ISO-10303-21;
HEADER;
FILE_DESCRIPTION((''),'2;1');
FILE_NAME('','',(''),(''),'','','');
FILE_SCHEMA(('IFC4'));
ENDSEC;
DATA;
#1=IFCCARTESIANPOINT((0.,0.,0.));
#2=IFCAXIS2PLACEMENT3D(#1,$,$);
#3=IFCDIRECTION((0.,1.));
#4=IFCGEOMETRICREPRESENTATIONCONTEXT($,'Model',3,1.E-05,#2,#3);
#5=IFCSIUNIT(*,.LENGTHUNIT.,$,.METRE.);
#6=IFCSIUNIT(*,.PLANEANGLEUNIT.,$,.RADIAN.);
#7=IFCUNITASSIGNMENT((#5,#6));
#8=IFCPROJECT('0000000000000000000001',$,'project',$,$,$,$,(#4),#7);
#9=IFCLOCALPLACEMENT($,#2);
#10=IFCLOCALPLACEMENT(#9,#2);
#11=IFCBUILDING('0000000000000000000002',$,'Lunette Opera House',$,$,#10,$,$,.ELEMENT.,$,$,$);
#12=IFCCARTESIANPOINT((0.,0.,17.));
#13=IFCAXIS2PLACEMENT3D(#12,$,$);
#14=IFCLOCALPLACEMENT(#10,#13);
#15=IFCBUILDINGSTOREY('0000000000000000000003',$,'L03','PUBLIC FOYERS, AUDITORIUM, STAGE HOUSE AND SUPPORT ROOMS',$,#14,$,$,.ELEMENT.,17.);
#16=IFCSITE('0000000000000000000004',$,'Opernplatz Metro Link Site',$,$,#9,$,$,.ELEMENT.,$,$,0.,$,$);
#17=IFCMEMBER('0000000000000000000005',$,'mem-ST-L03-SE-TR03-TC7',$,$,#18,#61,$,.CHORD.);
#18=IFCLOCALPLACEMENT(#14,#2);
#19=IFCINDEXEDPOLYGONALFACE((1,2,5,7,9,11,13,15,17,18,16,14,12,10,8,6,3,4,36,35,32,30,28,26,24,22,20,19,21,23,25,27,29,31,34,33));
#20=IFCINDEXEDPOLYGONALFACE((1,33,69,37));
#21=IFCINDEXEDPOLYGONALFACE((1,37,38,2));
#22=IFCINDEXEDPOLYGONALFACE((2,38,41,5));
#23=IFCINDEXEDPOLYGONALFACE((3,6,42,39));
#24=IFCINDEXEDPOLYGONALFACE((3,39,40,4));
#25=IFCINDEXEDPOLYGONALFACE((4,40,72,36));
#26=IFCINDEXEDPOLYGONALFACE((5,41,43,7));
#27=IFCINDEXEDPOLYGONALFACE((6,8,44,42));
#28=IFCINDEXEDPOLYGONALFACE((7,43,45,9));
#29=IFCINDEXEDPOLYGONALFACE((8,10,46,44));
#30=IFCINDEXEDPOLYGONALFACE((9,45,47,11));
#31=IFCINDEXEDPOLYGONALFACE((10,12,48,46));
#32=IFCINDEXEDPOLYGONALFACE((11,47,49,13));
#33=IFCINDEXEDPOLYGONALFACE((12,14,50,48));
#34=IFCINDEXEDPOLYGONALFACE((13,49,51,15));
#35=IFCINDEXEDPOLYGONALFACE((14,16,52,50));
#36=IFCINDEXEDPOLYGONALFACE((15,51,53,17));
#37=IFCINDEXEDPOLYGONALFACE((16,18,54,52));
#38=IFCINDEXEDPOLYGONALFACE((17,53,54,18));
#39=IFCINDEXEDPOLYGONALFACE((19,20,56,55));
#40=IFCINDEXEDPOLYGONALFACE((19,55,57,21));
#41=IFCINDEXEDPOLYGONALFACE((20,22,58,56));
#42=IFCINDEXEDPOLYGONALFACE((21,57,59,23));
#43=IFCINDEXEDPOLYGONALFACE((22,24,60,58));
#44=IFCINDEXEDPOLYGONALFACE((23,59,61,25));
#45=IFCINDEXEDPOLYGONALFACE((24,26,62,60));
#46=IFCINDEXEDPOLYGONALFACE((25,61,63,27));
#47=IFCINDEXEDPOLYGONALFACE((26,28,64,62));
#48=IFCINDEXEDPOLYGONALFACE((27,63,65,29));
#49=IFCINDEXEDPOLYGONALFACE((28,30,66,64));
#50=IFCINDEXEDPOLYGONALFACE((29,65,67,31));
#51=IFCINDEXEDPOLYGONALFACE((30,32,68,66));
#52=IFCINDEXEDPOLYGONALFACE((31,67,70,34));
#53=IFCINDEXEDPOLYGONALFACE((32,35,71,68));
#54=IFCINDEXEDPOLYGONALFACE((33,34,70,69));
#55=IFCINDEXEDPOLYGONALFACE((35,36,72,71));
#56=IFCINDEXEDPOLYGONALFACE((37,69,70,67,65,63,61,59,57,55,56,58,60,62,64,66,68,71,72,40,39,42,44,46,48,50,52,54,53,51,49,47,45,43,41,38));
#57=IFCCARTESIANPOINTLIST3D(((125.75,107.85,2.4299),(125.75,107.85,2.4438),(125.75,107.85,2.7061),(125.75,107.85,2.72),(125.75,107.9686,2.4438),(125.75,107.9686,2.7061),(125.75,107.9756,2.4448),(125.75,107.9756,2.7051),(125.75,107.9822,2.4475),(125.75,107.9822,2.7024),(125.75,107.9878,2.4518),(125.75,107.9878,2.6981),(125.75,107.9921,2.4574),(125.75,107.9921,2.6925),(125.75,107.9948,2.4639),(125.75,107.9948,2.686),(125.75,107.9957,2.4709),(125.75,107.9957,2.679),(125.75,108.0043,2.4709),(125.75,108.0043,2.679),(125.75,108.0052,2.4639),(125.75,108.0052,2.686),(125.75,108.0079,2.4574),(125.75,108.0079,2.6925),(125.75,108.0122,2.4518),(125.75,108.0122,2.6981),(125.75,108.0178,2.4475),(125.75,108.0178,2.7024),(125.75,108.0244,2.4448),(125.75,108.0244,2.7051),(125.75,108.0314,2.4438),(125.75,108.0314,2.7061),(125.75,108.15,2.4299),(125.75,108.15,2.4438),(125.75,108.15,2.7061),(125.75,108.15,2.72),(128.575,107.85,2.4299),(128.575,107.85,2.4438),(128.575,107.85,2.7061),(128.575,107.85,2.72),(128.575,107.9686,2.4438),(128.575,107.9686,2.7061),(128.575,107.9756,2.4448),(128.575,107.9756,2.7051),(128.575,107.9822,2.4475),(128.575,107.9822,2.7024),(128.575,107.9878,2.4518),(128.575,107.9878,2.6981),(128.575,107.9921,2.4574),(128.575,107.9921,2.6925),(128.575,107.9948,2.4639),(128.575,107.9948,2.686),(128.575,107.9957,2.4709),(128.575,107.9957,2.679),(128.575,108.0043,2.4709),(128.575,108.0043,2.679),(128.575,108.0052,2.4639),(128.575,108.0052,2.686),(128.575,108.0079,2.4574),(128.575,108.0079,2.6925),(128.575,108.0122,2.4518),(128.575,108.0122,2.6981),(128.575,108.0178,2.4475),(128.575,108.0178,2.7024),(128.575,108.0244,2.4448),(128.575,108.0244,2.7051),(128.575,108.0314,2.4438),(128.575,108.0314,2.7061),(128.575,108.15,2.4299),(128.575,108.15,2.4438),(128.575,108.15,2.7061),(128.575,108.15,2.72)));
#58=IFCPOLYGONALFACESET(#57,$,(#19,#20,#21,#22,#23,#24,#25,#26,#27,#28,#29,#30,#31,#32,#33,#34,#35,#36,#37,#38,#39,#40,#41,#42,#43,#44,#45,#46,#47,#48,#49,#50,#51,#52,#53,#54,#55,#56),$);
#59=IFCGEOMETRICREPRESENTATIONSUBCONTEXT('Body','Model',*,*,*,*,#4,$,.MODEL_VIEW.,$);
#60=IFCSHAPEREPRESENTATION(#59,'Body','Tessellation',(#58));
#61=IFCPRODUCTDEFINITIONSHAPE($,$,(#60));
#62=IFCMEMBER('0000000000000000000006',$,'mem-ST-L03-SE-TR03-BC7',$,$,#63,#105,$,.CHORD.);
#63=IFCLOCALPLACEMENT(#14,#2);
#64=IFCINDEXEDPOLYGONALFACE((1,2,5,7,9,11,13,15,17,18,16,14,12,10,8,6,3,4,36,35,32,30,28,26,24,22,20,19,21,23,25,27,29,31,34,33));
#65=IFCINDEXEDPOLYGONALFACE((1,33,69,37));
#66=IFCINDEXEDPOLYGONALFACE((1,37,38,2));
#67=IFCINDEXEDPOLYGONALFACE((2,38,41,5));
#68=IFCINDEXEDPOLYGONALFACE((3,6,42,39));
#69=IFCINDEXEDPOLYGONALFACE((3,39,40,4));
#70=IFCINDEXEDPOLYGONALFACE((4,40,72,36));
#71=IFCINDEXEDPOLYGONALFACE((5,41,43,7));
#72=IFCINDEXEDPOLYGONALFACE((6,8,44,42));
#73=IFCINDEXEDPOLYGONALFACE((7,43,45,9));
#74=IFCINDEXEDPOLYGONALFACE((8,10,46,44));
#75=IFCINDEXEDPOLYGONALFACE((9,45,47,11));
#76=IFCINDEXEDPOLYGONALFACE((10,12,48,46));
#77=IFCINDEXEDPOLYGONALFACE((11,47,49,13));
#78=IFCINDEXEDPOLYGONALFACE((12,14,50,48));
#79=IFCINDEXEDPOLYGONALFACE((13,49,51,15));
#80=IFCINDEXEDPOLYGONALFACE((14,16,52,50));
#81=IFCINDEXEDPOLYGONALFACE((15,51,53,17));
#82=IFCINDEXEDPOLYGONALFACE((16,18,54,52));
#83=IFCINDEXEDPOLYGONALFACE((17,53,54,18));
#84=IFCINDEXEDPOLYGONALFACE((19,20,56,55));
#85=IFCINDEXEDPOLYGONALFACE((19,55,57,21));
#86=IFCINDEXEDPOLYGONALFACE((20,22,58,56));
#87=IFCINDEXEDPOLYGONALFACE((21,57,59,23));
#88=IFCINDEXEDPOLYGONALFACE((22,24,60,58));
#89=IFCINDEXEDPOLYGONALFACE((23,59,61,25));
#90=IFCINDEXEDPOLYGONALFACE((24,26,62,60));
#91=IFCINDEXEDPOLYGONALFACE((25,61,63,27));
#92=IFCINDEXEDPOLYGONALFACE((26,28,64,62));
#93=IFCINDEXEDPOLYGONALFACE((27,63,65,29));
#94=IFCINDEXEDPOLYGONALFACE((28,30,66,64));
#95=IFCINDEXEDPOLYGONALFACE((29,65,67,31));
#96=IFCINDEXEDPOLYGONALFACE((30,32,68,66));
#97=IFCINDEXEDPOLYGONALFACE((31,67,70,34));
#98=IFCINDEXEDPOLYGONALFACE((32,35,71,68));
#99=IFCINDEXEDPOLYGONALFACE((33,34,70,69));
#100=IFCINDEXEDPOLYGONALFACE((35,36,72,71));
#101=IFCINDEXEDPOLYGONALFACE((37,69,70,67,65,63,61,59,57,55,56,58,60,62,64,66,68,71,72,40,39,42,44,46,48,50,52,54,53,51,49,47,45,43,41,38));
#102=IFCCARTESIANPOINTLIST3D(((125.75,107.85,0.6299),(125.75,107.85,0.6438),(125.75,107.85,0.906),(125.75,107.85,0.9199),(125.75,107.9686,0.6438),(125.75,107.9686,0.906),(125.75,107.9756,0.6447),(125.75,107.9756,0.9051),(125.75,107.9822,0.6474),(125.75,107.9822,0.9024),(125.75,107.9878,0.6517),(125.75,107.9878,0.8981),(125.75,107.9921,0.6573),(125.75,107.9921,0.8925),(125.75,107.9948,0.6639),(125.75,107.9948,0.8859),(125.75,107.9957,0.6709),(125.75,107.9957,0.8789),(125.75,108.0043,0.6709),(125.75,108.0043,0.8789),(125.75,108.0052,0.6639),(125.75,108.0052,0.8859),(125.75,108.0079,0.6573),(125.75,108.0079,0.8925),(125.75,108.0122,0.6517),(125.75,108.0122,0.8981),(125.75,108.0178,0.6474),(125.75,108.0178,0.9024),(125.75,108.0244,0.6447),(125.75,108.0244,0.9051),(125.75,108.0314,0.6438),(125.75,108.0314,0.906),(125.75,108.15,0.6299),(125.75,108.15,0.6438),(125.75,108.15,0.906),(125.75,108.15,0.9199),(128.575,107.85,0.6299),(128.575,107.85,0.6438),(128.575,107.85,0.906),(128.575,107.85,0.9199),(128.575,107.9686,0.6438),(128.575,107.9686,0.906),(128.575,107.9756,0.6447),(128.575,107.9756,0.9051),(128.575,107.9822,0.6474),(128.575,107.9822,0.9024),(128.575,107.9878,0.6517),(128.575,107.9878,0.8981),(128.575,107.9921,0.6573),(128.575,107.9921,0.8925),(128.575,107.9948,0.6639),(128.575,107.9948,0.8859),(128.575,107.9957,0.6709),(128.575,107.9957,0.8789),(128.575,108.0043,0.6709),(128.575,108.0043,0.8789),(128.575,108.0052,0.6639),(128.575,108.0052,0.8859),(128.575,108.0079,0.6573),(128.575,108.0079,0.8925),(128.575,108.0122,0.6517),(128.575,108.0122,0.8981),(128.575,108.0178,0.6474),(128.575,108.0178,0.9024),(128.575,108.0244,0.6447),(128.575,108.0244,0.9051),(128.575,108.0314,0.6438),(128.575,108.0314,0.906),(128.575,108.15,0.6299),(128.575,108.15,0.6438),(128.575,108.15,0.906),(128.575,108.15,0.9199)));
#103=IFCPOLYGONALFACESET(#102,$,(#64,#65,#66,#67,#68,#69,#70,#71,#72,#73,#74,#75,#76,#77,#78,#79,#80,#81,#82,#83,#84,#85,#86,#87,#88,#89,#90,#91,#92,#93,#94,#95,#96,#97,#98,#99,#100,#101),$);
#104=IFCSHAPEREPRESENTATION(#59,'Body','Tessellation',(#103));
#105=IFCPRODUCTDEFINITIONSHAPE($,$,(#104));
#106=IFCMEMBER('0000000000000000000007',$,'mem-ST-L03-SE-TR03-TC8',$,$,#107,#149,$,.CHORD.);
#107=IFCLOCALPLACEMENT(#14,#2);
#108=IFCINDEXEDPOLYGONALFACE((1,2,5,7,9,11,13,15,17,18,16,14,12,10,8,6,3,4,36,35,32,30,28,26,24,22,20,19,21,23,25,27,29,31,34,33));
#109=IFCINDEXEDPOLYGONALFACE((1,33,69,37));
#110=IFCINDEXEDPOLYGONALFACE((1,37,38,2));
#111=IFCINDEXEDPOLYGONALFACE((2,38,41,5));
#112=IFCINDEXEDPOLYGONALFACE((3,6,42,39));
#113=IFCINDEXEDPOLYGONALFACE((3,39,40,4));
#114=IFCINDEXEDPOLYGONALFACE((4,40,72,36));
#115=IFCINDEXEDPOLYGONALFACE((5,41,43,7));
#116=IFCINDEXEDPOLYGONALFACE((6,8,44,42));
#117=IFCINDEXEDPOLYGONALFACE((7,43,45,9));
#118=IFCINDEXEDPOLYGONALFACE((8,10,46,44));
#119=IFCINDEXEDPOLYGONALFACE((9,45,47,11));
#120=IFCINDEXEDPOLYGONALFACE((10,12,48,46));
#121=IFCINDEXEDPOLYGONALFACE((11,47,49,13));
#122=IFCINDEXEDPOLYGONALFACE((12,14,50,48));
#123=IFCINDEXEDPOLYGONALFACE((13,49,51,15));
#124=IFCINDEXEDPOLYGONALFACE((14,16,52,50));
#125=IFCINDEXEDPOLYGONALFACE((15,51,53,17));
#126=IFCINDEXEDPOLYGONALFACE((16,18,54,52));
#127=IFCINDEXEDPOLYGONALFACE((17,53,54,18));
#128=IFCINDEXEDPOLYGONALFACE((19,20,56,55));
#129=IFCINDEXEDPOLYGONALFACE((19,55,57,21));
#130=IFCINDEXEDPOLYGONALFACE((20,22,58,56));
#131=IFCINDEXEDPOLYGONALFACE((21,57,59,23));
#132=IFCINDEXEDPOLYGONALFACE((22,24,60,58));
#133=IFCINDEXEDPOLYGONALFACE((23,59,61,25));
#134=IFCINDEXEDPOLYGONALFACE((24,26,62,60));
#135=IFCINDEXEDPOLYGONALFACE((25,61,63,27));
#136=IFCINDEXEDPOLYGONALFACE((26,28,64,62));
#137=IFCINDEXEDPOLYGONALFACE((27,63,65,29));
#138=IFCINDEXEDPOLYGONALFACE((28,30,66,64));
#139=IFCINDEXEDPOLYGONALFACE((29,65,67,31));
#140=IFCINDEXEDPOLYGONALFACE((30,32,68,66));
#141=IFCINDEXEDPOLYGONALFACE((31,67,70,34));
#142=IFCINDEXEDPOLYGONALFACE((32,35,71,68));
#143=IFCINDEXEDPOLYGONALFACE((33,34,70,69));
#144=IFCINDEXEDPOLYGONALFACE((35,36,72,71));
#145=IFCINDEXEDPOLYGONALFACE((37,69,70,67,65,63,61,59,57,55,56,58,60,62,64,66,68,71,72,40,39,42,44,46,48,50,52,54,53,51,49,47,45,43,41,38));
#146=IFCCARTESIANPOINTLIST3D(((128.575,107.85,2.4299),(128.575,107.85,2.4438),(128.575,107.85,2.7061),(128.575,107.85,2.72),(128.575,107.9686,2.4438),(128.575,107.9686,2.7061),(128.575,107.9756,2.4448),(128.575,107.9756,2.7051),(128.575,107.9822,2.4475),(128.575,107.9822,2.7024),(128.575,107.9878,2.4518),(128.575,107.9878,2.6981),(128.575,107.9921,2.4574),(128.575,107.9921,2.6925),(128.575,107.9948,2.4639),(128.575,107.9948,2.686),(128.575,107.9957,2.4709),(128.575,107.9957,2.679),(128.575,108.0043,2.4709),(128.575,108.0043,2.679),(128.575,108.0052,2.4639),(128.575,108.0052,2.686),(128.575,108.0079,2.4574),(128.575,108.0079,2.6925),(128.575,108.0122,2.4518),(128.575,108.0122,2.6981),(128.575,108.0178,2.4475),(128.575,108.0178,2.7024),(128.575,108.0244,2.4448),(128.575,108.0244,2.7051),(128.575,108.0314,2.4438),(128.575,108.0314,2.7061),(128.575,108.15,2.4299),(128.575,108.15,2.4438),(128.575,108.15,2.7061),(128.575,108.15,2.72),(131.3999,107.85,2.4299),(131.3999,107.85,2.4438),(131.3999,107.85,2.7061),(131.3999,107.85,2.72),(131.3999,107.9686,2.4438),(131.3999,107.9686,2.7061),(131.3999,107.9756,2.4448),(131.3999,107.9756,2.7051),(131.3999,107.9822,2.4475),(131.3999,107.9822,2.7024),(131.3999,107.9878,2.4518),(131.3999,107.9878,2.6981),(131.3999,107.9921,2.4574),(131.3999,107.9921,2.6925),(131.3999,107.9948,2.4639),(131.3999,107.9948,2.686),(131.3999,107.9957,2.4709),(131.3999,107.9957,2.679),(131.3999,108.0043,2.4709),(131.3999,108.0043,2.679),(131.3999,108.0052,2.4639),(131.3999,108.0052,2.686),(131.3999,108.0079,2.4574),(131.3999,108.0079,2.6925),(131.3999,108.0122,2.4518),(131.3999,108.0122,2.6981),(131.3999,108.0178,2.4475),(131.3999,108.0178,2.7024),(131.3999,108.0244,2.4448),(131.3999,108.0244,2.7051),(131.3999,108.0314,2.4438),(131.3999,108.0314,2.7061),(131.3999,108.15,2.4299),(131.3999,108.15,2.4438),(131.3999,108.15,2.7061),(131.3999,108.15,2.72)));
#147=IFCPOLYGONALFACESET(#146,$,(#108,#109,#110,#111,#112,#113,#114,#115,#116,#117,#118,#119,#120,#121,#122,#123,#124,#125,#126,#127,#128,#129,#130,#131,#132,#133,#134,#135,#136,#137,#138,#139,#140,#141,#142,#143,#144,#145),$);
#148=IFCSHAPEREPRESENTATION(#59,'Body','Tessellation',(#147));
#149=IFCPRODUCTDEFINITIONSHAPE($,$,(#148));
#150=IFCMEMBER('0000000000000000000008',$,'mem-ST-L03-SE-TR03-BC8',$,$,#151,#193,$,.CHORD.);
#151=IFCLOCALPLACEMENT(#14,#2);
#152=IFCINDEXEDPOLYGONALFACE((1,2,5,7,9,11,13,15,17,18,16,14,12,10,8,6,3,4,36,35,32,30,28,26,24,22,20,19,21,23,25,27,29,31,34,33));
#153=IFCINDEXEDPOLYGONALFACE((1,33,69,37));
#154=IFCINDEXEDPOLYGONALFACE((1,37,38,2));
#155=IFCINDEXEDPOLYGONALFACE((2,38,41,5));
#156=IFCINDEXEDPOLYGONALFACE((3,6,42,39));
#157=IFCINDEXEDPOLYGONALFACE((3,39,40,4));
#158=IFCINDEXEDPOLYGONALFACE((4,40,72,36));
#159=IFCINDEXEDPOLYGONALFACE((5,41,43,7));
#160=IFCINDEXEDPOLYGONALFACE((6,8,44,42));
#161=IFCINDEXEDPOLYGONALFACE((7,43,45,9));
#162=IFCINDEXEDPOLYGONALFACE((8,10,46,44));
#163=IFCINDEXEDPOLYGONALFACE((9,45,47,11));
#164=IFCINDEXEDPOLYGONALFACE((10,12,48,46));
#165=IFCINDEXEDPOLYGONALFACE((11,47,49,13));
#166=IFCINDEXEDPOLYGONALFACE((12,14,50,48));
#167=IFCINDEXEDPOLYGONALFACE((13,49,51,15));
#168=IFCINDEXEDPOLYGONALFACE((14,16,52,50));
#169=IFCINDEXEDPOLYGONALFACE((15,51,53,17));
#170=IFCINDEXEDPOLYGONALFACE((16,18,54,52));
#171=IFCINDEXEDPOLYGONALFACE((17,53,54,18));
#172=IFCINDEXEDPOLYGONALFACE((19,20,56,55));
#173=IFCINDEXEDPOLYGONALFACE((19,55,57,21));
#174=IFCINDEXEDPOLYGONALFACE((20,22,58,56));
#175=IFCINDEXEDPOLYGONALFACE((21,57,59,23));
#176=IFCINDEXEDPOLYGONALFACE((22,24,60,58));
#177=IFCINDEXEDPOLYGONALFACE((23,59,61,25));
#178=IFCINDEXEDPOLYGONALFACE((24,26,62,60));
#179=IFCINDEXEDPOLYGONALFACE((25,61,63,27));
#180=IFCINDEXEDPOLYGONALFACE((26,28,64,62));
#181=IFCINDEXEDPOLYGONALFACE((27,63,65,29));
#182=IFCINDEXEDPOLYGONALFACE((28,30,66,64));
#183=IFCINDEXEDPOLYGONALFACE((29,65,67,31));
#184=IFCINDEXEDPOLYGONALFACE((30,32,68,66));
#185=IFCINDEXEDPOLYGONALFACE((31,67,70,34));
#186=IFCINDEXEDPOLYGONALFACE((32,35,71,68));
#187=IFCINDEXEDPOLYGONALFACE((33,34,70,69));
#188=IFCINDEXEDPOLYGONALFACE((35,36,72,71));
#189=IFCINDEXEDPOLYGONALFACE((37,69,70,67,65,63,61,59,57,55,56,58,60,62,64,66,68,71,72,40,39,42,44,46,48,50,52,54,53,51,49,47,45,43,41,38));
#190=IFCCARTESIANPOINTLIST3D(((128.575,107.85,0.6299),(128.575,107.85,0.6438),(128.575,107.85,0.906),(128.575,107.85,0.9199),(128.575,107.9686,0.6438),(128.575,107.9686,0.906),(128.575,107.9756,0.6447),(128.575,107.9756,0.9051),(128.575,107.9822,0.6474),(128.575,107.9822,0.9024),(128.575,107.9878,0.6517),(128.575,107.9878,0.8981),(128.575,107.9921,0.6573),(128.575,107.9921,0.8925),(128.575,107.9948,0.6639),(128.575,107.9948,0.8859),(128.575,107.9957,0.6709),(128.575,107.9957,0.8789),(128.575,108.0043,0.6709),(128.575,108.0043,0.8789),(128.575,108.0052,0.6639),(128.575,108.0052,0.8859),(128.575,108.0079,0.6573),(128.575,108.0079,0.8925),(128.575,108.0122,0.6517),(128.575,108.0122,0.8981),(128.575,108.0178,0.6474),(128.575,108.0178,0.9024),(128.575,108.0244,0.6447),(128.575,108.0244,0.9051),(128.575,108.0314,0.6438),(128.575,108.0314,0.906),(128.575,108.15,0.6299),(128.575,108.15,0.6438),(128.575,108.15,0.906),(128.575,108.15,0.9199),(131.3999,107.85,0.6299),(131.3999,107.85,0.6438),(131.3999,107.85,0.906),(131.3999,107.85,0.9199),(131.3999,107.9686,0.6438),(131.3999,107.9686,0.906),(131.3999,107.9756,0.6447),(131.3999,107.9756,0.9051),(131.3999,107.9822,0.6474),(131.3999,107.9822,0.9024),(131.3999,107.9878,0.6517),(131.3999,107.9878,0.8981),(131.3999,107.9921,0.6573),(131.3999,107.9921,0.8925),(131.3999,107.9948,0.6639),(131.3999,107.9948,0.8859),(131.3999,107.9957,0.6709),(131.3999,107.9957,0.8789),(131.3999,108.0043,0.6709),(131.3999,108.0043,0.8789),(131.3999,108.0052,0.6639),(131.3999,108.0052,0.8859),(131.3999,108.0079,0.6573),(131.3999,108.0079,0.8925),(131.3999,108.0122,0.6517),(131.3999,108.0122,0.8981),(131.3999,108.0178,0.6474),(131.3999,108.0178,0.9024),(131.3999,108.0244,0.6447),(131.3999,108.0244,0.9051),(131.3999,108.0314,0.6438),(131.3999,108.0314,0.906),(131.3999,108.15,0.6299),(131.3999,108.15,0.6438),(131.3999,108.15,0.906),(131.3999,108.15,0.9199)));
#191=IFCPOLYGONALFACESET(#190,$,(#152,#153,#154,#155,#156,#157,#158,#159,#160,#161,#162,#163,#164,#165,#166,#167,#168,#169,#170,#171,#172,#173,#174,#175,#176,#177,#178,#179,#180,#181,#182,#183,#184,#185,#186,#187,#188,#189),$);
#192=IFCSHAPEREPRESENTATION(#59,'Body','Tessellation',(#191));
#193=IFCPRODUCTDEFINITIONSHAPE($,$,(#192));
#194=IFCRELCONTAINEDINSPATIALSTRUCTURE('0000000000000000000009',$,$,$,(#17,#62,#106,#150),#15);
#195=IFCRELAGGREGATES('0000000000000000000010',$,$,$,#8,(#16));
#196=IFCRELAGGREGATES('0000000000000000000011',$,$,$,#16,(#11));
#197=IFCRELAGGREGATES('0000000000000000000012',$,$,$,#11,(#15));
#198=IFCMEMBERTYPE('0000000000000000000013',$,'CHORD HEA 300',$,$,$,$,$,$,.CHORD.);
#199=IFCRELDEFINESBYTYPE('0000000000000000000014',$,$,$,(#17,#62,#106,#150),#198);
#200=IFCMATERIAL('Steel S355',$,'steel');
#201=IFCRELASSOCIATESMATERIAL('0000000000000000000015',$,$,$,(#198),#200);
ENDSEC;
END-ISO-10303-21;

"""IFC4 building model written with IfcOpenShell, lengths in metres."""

from ifc_helpers import new_model, si_unit, direction, frame, origin, origin_2d, place, context, subcontext, project, spatial, i_section, extrude, material, material_profile, profile_set, type_object, element, save


model = new_model("IFC4")

# Units and contexts
model_context = context("Model", 3, precision=1e-05, world=origin(), true_north=direction((0.0, 1.0)))
body_context = subcontext(model_context, "Body", "Model", "MODEL_VIEW")
ifc_project = project(units=[si_unit("LENGTHUNIT", "METRE"), si_unit("PLANEANGLEUNIT", "RADIAN")], contexts=[model_context])

# Site, building, storey
site_placement = place(None, origin())
site = spatial("IfcSite", under=ifc_project, at=site_placement, Name="Opernplatz Metro Link Site", CompositionType="ELEMENT", RefElevation=0.0)
building_placement = place(site_placement, origin())
building = spatial("IfcBuilding", under=site, at=building_placement, Name="Lunette Opera House", CompositionType="ELEMENT")
storey_placement = place(building_placement, frame((0.0, 0.0, 17.0)))
storey = spatial("IfcBuildingStorey", under=building, at=storey_placement, Name="L03", Description="PUBLIC FOYERS, AUDITORIUM, STAGE HOUSE AND SUPPORT ROOMS", CompositionType="ELEMENT", Elevation=17.0)

# Members
ifc_material_1 = material(Name="Steel S355", Category="steel")
ifc_material_profile_1 = material_profile(ifc_material_1, i_section(OverallWidth=0.3, OverallDepth=0.29, WebThickness=0.0085, FlangeThickness=0.0139, FilletRadius=0.0271, at=origin_2d()), Name="HEA 300")
ifc_profile_set_1 = profile_set([ifc_material_profile_1], Name="Steel S355")
member_type_1 = type_object("IfcMemberType", Name="CHORD HEA 300", PredefinedType="CHORD", material=ifc_profile_set_1)
for number, where, z_axis, x_axis, name in (
    (1, (125.75, 108.0, 2.575), (1.0, 0.0, 0.0), (0.0, 1.0, 0.0), "mem-ST-L03-SE-TR03-TC7"),
    (2, (125.75, 108.0, 0.7749), (1.0, 0.0, 0.0), (0.0, 1.0, 0.0), "mem-ST-L03-SE-TR03-BC7"),
    (3, (128.575, 108.0, 2.575), (1.0, 0.0, 0.0), (0.0, 1.0, 0.0), "mem-ST-L03-SE-TR03-TC8"),
    (4, (128.575, 108.0, 0.7749), (1.0, 0.0, 0.0), (0.0, 1.0, 0.0), "mem-ST-L03-SE-TR03-BC8"),
):
    element("IfcMember", number, at=place(storey_placement, frame(where, z_axis=z_axis, x_axis=x_axis)), inside=storey, type_object=member_type_1, Name=name, PredefinedType="CHORD", context=body_context, shape_type="SweptSolid", body=[
        extrude(i_section(OverallWidth=0.3, OverallDepth=0.29, WebThickness=0.0085, FlangeThickness=0.0139, FilletRadius=0.0271, at=origin_2d()), origin(), (0.0, 0.0, 1.0), 2.825),
    ])

save(model, "model.ifc")
